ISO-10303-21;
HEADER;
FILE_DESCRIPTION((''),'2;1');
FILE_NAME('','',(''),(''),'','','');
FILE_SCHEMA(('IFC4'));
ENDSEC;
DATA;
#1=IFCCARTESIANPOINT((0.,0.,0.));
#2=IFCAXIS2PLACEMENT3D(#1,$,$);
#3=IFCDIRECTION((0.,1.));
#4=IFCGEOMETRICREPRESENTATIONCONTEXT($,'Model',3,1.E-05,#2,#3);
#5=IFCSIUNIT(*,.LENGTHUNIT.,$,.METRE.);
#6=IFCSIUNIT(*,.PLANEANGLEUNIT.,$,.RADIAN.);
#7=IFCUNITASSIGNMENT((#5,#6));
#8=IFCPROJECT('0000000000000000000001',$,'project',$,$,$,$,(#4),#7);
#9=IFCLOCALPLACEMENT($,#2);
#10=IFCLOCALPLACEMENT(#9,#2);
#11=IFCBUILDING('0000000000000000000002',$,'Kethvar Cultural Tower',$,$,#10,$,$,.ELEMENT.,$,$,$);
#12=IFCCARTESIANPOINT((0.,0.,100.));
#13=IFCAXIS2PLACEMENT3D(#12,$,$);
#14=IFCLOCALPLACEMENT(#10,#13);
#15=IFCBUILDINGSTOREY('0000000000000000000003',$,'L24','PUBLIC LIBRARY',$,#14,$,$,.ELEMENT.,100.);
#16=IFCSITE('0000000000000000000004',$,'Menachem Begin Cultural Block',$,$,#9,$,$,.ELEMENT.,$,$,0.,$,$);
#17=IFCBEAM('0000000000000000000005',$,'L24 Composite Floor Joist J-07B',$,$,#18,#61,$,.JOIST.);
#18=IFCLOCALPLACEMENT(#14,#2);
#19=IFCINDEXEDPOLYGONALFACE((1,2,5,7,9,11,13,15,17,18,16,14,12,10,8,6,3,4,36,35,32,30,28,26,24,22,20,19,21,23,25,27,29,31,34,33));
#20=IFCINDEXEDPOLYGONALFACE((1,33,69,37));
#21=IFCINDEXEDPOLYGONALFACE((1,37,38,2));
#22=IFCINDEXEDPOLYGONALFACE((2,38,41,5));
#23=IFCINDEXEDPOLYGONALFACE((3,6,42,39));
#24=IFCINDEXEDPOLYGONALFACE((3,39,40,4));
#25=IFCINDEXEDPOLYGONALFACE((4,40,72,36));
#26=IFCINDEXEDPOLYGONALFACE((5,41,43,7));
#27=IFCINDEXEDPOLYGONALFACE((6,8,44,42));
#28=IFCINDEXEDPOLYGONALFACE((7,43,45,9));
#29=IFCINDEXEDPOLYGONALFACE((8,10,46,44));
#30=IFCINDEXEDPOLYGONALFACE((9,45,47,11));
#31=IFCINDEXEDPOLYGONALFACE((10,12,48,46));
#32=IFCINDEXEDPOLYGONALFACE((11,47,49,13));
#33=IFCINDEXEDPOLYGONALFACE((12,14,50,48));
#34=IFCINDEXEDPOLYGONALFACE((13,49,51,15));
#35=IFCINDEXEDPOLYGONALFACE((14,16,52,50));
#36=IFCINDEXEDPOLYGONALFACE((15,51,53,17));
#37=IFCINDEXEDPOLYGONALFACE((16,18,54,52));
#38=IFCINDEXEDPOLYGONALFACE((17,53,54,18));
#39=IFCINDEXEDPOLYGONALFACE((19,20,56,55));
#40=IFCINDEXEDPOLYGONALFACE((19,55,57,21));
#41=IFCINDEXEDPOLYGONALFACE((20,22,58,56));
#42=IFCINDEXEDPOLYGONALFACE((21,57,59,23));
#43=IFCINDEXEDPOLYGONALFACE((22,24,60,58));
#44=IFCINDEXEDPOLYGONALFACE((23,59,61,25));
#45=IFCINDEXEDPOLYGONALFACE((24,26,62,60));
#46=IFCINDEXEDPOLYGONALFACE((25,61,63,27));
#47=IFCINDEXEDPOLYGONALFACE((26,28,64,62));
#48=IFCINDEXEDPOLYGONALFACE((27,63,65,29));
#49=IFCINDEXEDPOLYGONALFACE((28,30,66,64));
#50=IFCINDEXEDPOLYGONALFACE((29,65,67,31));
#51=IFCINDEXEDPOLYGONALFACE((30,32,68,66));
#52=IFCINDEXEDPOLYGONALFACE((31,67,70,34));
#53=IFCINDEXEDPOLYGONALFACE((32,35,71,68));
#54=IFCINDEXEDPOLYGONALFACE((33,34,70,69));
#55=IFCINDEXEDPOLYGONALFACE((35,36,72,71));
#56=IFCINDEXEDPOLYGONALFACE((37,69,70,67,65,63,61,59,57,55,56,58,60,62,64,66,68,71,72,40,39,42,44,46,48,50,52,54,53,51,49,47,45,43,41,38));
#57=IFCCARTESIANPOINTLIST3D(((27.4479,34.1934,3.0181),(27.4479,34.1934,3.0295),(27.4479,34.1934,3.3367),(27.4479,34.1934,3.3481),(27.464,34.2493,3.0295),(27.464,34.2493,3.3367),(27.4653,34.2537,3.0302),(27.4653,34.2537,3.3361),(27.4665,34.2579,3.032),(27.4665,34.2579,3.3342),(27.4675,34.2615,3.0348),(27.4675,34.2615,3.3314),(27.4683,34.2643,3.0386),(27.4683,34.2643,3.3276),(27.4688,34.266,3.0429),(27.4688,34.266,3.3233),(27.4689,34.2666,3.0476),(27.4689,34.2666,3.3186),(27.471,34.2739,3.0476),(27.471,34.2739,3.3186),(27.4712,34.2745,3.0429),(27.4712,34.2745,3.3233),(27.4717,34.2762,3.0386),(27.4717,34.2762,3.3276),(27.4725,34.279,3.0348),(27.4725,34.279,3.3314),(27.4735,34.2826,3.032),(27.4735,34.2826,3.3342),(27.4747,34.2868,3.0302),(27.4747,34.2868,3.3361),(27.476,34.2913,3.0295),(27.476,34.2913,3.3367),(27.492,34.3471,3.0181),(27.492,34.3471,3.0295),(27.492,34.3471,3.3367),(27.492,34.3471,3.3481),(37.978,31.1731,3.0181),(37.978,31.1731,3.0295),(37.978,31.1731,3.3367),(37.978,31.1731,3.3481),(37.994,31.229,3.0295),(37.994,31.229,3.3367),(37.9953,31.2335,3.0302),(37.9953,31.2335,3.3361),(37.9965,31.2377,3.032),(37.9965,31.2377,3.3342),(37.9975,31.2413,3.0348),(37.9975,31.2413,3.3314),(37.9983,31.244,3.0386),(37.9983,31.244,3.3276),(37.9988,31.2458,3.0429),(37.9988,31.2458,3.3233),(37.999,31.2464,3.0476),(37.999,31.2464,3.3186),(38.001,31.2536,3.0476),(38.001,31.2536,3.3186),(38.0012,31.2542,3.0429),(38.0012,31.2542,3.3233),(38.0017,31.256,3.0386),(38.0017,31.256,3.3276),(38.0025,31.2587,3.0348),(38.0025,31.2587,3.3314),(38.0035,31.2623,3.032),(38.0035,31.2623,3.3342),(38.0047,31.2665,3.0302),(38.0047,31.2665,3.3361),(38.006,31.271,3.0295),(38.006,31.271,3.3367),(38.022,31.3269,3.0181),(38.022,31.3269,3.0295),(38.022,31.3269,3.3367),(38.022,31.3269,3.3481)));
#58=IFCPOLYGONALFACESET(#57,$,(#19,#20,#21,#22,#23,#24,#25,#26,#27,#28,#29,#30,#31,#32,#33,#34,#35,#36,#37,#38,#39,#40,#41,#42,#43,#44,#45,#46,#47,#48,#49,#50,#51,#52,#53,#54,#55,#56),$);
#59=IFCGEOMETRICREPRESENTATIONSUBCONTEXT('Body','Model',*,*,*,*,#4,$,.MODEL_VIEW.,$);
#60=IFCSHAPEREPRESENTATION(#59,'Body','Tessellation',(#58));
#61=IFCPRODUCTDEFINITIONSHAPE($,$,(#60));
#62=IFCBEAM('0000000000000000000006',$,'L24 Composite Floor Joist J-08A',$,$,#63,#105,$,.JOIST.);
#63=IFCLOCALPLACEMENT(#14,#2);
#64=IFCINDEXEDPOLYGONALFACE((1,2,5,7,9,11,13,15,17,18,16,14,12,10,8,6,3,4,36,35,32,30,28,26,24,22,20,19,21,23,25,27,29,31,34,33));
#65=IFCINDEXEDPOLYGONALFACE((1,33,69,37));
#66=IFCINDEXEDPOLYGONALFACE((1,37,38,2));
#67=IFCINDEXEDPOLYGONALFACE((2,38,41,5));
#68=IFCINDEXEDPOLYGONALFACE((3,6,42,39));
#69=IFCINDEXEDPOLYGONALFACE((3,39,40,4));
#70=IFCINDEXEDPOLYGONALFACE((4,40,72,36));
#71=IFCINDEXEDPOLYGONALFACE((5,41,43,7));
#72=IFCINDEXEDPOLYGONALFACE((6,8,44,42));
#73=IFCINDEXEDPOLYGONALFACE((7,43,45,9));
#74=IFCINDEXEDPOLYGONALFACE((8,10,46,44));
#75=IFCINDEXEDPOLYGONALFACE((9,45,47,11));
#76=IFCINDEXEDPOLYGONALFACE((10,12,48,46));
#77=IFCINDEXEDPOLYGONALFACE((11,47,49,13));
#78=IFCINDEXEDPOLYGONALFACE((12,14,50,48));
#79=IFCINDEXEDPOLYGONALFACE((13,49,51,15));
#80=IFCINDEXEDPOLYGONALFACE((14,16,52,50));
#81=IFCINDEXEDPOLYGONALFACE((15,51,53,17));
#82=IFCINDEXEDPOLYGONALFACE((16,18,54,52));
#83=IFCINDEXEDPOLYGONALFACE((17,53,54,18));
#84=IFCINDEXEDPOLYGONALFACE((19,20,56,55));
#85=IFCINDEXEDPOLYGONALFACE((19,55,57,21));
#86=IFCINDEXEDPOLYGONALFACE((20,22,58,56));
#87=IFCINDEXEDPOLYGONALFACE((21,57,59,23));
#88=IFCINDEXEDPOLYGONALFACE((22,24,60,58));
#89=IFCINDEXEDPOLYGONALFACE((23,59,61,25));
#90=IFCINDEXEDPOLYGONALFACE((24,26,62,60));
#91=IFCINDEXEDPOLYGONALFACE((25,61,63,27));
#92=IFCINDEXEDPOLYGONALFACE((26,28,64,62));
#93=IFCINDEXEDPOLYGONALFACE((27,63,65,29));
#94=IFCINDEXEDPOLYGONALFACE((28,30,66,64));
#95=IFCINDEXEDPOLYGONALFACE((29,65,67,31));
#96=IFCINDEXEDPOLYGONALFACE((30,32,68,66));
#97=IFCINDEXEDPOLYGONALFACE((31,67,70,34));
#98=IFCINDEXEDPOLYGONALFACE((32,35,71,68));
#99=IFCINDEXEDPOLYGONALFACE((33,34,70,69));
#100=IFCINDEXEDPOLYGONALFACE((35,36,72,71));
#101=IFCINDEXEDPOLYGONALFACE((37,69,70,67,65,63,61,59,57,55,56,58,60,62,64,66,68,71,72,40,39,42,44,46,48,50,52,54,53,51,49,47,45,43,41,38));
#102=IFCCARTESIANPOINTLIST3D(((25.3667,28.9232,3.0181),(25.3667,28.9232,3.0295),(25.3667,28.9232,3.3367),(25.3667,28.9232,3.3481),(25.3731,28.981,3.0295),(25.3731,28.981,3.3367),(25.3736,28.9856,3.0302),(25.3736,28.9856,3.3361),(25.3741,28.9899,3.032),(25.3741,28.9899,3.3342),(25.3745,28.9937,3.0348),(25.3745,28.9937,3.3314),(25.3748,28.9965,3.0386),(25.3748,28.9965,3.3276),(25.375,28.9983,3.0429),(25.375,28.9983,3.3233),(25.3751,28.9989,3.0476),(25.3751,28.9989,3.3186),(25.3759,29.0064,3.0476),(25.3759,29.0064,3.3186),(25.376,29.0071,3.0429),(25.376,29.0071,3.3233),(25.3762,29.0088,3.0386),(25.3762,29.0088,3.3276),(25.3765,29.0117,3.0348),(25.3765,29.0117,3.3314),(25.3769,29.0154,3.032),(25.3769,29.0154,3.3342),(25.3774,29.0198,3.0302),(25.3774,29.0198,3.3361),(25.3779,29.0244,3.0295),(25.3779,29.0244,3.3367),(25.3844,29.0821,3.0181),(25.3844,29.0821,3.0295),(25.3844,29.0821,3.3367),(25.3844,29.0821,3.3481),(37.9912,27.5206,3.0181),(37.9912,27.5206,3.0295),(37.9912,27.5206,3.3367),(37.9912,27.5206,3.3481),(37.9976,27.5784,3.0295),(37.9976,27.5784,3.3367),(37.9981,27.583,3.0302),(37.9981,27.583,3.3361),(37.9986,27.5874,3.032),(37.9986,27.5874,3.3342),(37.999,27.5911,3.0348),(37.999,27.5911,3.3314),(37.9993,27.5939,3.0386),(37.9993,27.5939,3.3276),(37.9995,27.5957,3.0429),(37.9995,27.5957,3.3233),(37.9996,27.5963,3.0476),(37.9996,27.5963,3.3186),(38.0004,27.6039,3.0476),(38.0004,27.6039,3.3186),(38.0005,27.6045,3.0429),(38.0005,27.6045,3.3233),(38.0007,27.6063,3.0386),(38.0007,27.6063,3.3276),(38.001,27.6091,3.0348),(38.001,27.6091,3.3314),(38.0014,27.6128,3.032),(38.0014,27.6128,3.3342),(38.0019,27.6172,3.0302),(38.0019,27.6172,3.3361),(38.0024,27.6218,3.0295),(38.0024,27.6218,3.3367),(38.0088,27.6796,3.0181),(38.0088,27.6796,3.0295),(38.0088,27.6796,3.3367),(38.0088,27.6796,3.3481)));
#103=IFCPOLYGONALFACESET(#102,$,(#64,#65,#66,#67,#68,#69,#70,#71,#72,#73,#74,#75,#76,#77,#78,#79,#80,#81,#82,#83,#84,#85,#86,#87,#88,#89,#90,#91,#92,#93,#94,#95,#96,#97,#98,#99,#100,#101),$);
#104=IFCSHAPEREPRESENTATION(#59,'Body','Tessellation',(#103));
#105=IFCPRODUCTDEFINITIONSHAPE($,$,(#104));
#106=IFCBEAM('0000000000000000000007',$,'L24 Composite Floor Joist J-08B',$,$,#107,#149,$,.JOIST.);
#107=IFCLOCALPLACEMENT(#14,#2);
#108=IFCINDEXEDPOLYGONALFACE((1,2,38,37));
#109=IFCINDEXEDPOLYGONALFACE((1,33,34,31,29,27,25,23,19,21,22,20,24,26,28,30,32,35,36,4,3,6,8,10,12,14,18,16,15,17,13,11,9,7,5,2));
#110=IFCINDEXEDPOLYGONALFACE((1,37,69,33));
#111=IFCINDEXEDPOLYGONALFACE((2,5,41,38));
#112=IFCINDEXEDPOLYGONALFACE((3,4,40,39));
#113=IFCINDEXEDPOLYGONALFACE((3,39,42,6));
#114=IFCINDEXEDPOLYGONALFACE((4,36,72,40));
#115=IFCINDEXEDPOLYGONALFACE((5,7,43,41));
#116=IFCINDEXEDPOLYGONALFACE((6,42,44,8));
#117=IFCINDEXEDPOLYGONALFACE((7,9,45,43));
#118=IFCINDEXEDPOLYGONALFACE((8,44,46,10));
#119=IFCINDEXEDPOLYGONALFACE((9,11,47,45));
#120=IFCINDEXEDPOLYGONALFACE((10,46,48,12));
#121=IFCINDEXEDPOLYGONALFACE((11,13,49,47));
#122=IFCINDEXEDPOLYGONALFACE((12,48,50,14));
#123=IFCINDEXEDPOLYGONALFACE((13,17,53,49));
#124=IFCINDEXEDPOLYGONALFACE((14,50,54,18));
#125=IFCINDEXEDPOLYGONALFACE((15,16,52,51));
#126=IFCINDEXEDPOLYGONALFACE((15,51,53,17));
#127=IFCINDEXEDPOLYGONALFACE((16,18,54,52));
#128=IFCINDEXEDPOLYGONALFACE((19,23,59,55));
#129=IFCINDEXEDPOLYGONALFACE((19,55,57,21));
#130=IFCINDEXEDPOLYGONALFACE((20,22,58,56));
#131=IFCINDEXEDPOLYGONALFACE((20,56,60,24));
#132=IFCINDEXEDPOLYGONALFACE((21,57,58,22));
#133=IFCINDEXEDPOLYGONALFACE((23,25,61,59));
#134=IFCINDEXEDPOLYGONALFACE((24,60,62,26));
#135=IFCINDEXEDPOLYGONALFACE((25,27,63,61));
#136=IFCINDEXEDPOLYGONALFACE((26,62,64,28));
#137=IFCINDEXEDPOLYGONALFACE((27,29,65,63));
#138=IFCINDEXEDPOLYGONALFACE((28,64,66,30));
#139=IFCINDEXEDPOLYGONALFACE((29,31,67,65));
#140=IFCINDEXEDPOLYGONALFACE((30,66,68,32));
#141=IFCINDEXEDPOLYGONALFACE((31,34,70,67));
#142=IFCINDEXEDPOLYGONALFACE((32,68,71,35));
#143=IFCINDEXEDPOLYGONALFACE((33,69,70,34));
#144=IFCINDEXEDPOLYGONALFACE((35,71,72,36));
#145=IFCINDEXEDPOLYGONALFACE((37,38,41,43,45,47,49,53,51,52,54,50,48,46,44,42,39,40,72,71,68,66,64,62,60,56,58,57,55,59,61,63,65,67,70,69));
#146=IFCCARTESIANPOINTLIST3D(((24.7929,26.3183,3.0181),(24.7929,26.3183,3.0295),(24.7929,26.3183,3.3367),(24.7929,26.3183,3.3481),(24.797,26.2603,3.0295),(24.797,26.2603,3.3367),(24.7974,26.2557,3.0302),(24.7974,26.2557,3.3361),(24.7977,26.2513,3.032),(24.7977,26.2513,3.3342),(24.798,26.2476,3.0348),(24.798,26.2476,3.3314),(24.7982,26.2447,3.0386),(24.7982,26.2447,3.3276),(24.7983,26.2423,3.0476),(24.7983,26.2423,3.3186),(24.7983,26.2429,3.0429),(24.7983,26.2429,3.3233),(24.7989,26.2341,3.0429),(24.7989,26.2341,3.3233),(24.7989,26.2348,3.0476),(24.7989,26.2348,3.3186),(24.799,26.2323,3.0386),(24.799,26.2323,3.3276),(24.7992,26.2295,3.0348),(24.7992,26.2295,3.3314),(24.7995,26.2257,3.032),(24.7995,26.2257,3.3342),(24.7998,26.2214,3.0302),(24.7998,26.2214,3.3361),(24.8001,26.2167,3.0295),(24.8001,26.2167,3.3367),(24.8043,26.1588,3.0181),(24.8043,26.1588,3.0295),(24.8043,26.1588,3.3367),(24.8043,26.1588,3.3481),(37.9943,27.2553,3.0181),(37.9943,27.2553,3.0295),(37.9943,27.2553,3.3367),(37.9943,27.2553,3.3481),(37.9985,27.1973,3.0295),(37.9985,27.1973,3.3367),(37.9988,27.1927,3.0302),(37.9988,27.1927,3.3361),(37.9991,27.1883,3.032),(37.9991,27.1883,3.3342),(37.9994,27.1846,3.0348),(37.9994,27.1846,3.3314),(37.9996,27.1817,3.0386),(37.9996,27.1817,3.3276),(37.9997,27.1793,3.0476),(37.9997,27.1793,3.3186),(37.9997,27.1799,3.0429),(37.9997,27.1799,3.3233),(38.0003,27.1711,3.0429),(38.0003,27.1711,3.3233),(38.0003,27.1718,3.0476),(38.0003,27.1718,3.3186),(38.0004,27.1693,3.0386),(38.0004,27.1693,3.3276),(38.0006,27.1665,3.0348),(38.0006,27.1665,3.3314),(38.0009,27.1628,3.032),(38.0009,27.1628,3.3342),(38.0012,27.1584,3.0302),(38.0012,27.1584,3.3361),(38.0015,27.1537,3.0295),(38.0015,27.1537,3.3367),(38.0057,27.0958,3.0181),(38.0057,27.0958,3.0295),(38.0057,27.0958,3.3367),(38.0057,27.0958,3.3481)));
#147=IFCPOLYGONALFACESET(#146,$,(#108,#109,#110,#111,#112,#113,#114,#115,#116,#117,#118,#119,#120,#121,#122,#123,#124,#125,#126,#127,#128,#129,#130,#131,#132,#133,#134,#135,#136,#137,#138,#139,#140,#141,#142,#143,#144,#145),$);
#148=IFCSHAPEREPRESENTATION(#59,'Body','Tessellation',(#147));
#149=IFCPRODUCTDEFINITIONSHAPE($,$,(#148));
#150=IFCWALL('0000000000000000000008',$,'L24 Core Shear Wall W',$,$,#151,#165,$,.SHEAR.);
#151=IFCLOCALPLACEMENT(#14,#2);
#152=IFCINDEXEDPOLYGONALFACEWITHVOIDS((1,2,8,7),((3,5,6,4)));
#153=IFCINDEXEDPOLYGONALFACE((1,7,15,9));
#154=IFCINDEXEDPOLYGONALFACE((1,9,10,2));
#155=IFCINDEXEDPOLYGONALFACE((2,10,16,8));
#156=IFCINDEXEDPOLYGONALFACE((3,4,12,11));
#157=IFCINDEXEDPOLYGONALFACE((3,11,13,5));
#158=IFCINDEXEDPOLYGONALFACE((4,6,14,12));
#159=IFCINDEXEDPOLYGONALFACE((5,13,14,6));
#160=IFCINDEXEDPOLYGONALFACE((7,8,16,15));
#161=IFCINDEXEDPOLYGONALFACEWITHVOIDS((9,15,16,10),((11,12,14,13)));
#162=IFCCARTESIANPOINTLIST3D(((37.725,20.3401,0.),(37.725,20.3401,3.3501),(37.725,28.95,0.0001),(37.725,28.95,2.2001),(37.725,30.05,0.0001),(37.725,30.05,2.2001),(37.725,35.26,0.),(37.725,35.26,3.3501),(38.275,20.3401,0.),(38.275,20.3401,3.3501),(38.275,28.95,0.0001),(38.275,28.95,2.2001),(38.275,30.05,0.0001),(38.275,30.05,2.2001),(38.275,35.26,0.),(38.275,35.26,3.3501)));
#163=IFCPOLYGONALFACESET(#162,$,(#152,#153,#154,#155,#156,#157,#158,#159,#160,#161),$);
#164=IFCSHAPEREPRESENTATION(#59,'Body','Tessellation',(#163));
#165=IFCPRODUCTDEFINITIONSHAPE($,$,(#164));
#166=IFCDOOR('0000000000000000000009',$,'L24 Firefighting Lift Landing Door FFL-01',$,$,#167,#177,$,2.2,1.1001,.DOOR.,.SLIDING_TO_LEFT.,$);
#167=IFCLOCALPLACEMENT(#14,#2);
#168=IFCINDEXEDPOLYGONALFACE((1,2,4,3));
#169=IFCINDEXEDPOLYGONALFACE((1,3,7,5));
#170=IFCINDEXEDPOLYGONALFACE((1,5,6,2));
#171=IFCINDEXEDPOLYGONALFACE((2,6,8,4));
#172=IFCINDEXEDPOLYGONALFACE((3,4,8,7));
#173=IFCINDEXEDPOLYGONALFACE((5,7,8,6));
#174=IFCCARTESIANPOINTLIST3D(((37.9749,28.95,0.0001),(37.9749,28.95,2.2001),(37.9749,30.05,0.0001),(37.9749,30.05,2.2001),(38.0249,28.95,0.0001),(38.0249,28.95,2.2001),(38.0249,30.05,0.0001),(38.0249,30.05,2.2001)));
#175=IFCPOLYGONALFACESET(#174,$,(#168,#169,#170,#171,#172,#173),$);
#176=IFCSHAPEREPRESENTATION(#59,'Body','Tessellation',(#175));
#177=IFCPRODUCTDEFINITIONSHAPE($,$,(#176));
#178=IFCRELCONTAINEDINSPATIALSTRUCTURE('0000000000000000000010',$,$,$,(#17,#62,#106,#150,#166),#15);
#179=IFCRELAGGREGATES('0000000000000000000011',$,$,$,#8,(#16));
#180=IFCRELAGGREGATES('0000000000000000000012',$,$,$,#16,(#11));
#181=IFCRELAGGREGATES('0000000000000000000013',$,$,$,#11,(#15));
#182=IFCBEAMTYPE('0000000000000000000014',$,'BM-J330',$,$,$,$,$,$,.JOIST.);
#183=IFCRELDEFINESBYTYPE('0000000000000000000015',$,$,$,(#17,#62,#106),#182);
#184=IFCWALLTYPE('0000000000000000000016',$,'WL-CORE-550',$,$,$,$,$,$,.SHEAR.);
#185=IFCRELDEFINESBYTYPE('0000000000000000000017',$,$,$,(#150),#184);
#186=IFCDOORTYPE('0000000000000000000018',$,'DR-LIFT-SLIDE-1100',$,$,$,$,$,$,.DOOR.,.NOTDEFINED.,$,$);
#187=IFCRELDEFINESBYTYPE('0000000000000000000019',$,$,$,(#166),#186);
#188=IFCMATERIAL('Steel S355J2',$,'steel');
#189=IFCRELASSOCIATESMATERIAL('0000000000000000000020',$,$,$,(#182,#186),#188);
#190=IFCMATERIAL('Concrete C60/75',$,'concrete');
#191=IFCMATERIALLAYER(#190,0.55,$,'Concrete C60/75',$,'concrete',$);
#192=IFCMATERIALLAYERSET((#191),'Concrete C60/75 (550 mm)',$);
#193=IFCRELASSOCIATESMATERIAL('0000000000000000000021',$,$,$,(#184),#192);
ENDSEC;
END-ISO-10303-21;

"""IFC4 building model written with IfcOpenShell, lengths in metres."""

from ifc_helpers import new_model, si_unit, direction, frame, frame_2d, origin, origin_2d, place, context, subcontext, project, spatial, rectangle, i_section, extrude, source, transform, mapped, material, layer, layer_set, material_profile, profile_set, type_object, element, fill, save


model = new_model("IFC4")

# Units and contexts
model_context = context("Model", 3, precision=1e-05, world=origin(), true_north=direction((0.0, 1.0)))
body_context = subcontext(model_context, "Body", "Model", "MODEL_VIEW")
ifc_project = project(units=[si_unit("LENGTHUNIT", "METRE"), si_unit("PLANEANGLEUNIT", "RADIAN")], contexts=[model_context])

# Site, building, storey
site_placement = place(None, origin())
site = spatial("IfcSite", under=ifc_project, at=site_placement, Name="Menachem Begin Cultural Block", CompositionType="ELEMENT", RefElevation=0.0)
building_placement = place(site_placement, origin())
building = spatial("IfcBuilding", under=site, at=building_placement, Name="Kethvar Cultural Tower", CompositionType="ELEMENT")
storey_placement = place(building_placement, frame((0.0, 0.0, 100.0)))
storey = spatial("IfcBuildingStorey", under=building, at=storey_placement, Name="L24", Description="PUBLIC LIBRARY", CompositionType="ELEMENT", Elevation=100.0)

# Beams
ifc_material_1 = material(Name="Steel S355J2", Category="steel")
ifc_material_profile_1 = material_profile(ifc_material_1, i_section(OverallWidth=0.1599, OverallDepth=0.3301, WebThickness=0.0076, FlangeThickness=0.0115, FilletRadius=0.0181, at=origin_2d()), Name="Steel S355J2 — IPE330")
ifc_profile_set_1 = profile_set([ifc_material_profile_1], Name="Steel S355J2 — IPE330")
beam_type_1 = type_object("IfcBeamType", Name="BM-J330", PredefinedType="JOIST", material=ifc_profile_set_1)
shared_shape_1 = source(origin(), body_context, "Body", "SweptSolid", [
    extrude(i_section(OverallWidth=0.1599, OverallDepth=0.3301, WebThickness=0.0076, FlangeThickness=0.0115, FilletRadius=0.0181, at=origin_2d()), origin(), (0.0, 0.0, 1.0), 10.9546),
])
beam_1_placement = place(storey_placement, frame((38.0, 31.25, 3.1831), z_axis=(-0.961242, 0.275707, 0.0), x_axis=(-0.275707, -0.961242, 0.0)))
element("IfcBeam", 1, at=beam_1_placement, inside=storey, type_object=beam_type_1, Name="L24 Composite Floor Joist J-07B", PredefinedType="JOIST", context=body_context, shape_type="MappedRepresentation", body=[
    mapped(shared_shape_1, transform((0.0, 0.0, 0.0), scale=1.0)),
])
shared_shape_2 = source(origin(), body_context, "Body", "SweptSolid", [
    extrude(i_section(OverallWidth=0.1599, OverallDepth=0.3301, WebThickness=0.0076, FlangeThickness=0.0115, FilletRadius=0.0181, at=origin_2d()), origin(), (0.0, 0.0, 1.0), 12.7021),
])
beam_2_placement = place(storey_placement, frame((38.0, 27.6001, 3.1831), z_axis=(-0.993885, 0.110421, 0.0), x_axis=(-0.110421, -0.993885, 0.0)))
element("IfcBeam", 2, at=beam_2_placement, inside=storey, type_object=beam_type_1, Name="L24 Composite Floor Joist J-08A", PredefinedType="JOIST", context=body_context, shape_type="MappedRepresentation", body=[
    mapped(shared_shape_2, transform((0.0, 0.0, 0.0), scale=1.0)),
])
shared_shape_3 = source(origin(), body_context, "Body", "SweptSolid", [
    extrude(i_section(OverallWidth=0.1599, OverallDepth=0.3301, WebThickness=0.0076, FlangeThickness=0.0115, FilletRadius=0.0181, at=origin_2d()), origin(), (0.0, 0.0, 1.0), 13.2346),
])
beam_3_placement = place(storey_placement, frame((38.0, 27.1755, 3.1831), z_axis=(-0.997491, -0.0708, 0.0), x_axis=(0.0708, -0.997491, 0.0)))
element("IfcBeam", 3, at=beam_3_placement, inside=storey, type_object=beam_type_1, Name="L24 Composite Floor Joist J-08B", PredefinedType="JOIST", context=body_context, shape_type="MappedRepresentation", body=[
    mapped(shared_shape_3, transform((0.0, 0.0, 0.0), scale=1.0)),
])

# Wall, opening, door
ifc_material_2 = material(Name="Concrete C60/75", Category="concrete")
ifc_layer_1 = layer(ifc_material_2, 0.55, Name="Concrete C60/75", Category="concrete")
ifc_layer_set_1 = layer_set([ifc_layer_1], Name="Concrete C60/75 (550 mm)")
wall_type_1 = type_object("IfcWallType", Name="WL-CORE-550", PredefinedType="SHEAR", material=ifc_layer_set_1)
wall_1_placement = place(storey_placement, frame((38.0, 35.26, 0.0), z_axis=(0.0, 0.0, 1.0), x_axis=(0.0, -1.0, 0.0)))
wall_1 = element("IfcWall", 4, at=wall_1_placement, inside=storey, type_object=wall_type_1, Name="L24 Core Shear Wall W", PredefinedType="SHEAR", context=body_context, shape_type="SweptSolid", body=[
    extrude(rectangle(XDim=14.9199, YDim=0.55, at=frame_2d((7.46, 0.0))), origin(), (0.0, 0.0, 1.0), 3.3501),
])
opening_placement = place(wall_1_placement, frame((5.21, 0.0, 0.0)))
opening = element("IfcOpeningElement", 5, at=opening_placement, cuts=wall_1, PredefinedType="OPENING", context=body_context, shape_type="SweptSolid", body=[
    extrude(rectangle(XDim=1.1001, YDim=2.2, at=frame_2d((0.55, 1.1001))), frame((0.0, 0.2849, 0.0), z_axis=(0.0, -1.0, 0.0), x_axis=(1.0, 0.0, 0.0)), (0.0, 0.0, 1.0), 0.5701),
])
door_type = type_object("IfcDoorType", Name="DR-LIFT-SLIDE-1100", OperationType="NOTDEFINED", PredefinedType="DOOR", material=ifc_material_1)
shared_shape_4 = source(origin(), body_context, "Body", "SweptSolid", [
    extrude(rectangle(XDim=1.1001, YDim=2.2, at=frame_2d((0.55, 1.1001))), frame((0.0, 0.0249, 0.0), z_axis=(0.0, -1.0, 0.0), x_axis=(1.0, 0.0, 0.0)), (0.0, 0.0, 1.0), 0.05),
])
door_placement = place(opening_placement, origin())
door = element("IfcDoor", 6, at=door_placement, inside=storey, type_object=door_type, Name="L24 Firefighting Lift Landing Door FFL-01", OperationType="SLIDING_TO_LEFT", OverallHeight=2.2, OverallWidth=1.1001, PredefinedType="DOOR", context=body_context, shape_type="MappedRepresentation", body=[
    mapped(shared_shape_4, transform((0.0, 0.0, 0.0), scale=1.0)),
])
fill(opening, door)

save(model, "model.ifc")
